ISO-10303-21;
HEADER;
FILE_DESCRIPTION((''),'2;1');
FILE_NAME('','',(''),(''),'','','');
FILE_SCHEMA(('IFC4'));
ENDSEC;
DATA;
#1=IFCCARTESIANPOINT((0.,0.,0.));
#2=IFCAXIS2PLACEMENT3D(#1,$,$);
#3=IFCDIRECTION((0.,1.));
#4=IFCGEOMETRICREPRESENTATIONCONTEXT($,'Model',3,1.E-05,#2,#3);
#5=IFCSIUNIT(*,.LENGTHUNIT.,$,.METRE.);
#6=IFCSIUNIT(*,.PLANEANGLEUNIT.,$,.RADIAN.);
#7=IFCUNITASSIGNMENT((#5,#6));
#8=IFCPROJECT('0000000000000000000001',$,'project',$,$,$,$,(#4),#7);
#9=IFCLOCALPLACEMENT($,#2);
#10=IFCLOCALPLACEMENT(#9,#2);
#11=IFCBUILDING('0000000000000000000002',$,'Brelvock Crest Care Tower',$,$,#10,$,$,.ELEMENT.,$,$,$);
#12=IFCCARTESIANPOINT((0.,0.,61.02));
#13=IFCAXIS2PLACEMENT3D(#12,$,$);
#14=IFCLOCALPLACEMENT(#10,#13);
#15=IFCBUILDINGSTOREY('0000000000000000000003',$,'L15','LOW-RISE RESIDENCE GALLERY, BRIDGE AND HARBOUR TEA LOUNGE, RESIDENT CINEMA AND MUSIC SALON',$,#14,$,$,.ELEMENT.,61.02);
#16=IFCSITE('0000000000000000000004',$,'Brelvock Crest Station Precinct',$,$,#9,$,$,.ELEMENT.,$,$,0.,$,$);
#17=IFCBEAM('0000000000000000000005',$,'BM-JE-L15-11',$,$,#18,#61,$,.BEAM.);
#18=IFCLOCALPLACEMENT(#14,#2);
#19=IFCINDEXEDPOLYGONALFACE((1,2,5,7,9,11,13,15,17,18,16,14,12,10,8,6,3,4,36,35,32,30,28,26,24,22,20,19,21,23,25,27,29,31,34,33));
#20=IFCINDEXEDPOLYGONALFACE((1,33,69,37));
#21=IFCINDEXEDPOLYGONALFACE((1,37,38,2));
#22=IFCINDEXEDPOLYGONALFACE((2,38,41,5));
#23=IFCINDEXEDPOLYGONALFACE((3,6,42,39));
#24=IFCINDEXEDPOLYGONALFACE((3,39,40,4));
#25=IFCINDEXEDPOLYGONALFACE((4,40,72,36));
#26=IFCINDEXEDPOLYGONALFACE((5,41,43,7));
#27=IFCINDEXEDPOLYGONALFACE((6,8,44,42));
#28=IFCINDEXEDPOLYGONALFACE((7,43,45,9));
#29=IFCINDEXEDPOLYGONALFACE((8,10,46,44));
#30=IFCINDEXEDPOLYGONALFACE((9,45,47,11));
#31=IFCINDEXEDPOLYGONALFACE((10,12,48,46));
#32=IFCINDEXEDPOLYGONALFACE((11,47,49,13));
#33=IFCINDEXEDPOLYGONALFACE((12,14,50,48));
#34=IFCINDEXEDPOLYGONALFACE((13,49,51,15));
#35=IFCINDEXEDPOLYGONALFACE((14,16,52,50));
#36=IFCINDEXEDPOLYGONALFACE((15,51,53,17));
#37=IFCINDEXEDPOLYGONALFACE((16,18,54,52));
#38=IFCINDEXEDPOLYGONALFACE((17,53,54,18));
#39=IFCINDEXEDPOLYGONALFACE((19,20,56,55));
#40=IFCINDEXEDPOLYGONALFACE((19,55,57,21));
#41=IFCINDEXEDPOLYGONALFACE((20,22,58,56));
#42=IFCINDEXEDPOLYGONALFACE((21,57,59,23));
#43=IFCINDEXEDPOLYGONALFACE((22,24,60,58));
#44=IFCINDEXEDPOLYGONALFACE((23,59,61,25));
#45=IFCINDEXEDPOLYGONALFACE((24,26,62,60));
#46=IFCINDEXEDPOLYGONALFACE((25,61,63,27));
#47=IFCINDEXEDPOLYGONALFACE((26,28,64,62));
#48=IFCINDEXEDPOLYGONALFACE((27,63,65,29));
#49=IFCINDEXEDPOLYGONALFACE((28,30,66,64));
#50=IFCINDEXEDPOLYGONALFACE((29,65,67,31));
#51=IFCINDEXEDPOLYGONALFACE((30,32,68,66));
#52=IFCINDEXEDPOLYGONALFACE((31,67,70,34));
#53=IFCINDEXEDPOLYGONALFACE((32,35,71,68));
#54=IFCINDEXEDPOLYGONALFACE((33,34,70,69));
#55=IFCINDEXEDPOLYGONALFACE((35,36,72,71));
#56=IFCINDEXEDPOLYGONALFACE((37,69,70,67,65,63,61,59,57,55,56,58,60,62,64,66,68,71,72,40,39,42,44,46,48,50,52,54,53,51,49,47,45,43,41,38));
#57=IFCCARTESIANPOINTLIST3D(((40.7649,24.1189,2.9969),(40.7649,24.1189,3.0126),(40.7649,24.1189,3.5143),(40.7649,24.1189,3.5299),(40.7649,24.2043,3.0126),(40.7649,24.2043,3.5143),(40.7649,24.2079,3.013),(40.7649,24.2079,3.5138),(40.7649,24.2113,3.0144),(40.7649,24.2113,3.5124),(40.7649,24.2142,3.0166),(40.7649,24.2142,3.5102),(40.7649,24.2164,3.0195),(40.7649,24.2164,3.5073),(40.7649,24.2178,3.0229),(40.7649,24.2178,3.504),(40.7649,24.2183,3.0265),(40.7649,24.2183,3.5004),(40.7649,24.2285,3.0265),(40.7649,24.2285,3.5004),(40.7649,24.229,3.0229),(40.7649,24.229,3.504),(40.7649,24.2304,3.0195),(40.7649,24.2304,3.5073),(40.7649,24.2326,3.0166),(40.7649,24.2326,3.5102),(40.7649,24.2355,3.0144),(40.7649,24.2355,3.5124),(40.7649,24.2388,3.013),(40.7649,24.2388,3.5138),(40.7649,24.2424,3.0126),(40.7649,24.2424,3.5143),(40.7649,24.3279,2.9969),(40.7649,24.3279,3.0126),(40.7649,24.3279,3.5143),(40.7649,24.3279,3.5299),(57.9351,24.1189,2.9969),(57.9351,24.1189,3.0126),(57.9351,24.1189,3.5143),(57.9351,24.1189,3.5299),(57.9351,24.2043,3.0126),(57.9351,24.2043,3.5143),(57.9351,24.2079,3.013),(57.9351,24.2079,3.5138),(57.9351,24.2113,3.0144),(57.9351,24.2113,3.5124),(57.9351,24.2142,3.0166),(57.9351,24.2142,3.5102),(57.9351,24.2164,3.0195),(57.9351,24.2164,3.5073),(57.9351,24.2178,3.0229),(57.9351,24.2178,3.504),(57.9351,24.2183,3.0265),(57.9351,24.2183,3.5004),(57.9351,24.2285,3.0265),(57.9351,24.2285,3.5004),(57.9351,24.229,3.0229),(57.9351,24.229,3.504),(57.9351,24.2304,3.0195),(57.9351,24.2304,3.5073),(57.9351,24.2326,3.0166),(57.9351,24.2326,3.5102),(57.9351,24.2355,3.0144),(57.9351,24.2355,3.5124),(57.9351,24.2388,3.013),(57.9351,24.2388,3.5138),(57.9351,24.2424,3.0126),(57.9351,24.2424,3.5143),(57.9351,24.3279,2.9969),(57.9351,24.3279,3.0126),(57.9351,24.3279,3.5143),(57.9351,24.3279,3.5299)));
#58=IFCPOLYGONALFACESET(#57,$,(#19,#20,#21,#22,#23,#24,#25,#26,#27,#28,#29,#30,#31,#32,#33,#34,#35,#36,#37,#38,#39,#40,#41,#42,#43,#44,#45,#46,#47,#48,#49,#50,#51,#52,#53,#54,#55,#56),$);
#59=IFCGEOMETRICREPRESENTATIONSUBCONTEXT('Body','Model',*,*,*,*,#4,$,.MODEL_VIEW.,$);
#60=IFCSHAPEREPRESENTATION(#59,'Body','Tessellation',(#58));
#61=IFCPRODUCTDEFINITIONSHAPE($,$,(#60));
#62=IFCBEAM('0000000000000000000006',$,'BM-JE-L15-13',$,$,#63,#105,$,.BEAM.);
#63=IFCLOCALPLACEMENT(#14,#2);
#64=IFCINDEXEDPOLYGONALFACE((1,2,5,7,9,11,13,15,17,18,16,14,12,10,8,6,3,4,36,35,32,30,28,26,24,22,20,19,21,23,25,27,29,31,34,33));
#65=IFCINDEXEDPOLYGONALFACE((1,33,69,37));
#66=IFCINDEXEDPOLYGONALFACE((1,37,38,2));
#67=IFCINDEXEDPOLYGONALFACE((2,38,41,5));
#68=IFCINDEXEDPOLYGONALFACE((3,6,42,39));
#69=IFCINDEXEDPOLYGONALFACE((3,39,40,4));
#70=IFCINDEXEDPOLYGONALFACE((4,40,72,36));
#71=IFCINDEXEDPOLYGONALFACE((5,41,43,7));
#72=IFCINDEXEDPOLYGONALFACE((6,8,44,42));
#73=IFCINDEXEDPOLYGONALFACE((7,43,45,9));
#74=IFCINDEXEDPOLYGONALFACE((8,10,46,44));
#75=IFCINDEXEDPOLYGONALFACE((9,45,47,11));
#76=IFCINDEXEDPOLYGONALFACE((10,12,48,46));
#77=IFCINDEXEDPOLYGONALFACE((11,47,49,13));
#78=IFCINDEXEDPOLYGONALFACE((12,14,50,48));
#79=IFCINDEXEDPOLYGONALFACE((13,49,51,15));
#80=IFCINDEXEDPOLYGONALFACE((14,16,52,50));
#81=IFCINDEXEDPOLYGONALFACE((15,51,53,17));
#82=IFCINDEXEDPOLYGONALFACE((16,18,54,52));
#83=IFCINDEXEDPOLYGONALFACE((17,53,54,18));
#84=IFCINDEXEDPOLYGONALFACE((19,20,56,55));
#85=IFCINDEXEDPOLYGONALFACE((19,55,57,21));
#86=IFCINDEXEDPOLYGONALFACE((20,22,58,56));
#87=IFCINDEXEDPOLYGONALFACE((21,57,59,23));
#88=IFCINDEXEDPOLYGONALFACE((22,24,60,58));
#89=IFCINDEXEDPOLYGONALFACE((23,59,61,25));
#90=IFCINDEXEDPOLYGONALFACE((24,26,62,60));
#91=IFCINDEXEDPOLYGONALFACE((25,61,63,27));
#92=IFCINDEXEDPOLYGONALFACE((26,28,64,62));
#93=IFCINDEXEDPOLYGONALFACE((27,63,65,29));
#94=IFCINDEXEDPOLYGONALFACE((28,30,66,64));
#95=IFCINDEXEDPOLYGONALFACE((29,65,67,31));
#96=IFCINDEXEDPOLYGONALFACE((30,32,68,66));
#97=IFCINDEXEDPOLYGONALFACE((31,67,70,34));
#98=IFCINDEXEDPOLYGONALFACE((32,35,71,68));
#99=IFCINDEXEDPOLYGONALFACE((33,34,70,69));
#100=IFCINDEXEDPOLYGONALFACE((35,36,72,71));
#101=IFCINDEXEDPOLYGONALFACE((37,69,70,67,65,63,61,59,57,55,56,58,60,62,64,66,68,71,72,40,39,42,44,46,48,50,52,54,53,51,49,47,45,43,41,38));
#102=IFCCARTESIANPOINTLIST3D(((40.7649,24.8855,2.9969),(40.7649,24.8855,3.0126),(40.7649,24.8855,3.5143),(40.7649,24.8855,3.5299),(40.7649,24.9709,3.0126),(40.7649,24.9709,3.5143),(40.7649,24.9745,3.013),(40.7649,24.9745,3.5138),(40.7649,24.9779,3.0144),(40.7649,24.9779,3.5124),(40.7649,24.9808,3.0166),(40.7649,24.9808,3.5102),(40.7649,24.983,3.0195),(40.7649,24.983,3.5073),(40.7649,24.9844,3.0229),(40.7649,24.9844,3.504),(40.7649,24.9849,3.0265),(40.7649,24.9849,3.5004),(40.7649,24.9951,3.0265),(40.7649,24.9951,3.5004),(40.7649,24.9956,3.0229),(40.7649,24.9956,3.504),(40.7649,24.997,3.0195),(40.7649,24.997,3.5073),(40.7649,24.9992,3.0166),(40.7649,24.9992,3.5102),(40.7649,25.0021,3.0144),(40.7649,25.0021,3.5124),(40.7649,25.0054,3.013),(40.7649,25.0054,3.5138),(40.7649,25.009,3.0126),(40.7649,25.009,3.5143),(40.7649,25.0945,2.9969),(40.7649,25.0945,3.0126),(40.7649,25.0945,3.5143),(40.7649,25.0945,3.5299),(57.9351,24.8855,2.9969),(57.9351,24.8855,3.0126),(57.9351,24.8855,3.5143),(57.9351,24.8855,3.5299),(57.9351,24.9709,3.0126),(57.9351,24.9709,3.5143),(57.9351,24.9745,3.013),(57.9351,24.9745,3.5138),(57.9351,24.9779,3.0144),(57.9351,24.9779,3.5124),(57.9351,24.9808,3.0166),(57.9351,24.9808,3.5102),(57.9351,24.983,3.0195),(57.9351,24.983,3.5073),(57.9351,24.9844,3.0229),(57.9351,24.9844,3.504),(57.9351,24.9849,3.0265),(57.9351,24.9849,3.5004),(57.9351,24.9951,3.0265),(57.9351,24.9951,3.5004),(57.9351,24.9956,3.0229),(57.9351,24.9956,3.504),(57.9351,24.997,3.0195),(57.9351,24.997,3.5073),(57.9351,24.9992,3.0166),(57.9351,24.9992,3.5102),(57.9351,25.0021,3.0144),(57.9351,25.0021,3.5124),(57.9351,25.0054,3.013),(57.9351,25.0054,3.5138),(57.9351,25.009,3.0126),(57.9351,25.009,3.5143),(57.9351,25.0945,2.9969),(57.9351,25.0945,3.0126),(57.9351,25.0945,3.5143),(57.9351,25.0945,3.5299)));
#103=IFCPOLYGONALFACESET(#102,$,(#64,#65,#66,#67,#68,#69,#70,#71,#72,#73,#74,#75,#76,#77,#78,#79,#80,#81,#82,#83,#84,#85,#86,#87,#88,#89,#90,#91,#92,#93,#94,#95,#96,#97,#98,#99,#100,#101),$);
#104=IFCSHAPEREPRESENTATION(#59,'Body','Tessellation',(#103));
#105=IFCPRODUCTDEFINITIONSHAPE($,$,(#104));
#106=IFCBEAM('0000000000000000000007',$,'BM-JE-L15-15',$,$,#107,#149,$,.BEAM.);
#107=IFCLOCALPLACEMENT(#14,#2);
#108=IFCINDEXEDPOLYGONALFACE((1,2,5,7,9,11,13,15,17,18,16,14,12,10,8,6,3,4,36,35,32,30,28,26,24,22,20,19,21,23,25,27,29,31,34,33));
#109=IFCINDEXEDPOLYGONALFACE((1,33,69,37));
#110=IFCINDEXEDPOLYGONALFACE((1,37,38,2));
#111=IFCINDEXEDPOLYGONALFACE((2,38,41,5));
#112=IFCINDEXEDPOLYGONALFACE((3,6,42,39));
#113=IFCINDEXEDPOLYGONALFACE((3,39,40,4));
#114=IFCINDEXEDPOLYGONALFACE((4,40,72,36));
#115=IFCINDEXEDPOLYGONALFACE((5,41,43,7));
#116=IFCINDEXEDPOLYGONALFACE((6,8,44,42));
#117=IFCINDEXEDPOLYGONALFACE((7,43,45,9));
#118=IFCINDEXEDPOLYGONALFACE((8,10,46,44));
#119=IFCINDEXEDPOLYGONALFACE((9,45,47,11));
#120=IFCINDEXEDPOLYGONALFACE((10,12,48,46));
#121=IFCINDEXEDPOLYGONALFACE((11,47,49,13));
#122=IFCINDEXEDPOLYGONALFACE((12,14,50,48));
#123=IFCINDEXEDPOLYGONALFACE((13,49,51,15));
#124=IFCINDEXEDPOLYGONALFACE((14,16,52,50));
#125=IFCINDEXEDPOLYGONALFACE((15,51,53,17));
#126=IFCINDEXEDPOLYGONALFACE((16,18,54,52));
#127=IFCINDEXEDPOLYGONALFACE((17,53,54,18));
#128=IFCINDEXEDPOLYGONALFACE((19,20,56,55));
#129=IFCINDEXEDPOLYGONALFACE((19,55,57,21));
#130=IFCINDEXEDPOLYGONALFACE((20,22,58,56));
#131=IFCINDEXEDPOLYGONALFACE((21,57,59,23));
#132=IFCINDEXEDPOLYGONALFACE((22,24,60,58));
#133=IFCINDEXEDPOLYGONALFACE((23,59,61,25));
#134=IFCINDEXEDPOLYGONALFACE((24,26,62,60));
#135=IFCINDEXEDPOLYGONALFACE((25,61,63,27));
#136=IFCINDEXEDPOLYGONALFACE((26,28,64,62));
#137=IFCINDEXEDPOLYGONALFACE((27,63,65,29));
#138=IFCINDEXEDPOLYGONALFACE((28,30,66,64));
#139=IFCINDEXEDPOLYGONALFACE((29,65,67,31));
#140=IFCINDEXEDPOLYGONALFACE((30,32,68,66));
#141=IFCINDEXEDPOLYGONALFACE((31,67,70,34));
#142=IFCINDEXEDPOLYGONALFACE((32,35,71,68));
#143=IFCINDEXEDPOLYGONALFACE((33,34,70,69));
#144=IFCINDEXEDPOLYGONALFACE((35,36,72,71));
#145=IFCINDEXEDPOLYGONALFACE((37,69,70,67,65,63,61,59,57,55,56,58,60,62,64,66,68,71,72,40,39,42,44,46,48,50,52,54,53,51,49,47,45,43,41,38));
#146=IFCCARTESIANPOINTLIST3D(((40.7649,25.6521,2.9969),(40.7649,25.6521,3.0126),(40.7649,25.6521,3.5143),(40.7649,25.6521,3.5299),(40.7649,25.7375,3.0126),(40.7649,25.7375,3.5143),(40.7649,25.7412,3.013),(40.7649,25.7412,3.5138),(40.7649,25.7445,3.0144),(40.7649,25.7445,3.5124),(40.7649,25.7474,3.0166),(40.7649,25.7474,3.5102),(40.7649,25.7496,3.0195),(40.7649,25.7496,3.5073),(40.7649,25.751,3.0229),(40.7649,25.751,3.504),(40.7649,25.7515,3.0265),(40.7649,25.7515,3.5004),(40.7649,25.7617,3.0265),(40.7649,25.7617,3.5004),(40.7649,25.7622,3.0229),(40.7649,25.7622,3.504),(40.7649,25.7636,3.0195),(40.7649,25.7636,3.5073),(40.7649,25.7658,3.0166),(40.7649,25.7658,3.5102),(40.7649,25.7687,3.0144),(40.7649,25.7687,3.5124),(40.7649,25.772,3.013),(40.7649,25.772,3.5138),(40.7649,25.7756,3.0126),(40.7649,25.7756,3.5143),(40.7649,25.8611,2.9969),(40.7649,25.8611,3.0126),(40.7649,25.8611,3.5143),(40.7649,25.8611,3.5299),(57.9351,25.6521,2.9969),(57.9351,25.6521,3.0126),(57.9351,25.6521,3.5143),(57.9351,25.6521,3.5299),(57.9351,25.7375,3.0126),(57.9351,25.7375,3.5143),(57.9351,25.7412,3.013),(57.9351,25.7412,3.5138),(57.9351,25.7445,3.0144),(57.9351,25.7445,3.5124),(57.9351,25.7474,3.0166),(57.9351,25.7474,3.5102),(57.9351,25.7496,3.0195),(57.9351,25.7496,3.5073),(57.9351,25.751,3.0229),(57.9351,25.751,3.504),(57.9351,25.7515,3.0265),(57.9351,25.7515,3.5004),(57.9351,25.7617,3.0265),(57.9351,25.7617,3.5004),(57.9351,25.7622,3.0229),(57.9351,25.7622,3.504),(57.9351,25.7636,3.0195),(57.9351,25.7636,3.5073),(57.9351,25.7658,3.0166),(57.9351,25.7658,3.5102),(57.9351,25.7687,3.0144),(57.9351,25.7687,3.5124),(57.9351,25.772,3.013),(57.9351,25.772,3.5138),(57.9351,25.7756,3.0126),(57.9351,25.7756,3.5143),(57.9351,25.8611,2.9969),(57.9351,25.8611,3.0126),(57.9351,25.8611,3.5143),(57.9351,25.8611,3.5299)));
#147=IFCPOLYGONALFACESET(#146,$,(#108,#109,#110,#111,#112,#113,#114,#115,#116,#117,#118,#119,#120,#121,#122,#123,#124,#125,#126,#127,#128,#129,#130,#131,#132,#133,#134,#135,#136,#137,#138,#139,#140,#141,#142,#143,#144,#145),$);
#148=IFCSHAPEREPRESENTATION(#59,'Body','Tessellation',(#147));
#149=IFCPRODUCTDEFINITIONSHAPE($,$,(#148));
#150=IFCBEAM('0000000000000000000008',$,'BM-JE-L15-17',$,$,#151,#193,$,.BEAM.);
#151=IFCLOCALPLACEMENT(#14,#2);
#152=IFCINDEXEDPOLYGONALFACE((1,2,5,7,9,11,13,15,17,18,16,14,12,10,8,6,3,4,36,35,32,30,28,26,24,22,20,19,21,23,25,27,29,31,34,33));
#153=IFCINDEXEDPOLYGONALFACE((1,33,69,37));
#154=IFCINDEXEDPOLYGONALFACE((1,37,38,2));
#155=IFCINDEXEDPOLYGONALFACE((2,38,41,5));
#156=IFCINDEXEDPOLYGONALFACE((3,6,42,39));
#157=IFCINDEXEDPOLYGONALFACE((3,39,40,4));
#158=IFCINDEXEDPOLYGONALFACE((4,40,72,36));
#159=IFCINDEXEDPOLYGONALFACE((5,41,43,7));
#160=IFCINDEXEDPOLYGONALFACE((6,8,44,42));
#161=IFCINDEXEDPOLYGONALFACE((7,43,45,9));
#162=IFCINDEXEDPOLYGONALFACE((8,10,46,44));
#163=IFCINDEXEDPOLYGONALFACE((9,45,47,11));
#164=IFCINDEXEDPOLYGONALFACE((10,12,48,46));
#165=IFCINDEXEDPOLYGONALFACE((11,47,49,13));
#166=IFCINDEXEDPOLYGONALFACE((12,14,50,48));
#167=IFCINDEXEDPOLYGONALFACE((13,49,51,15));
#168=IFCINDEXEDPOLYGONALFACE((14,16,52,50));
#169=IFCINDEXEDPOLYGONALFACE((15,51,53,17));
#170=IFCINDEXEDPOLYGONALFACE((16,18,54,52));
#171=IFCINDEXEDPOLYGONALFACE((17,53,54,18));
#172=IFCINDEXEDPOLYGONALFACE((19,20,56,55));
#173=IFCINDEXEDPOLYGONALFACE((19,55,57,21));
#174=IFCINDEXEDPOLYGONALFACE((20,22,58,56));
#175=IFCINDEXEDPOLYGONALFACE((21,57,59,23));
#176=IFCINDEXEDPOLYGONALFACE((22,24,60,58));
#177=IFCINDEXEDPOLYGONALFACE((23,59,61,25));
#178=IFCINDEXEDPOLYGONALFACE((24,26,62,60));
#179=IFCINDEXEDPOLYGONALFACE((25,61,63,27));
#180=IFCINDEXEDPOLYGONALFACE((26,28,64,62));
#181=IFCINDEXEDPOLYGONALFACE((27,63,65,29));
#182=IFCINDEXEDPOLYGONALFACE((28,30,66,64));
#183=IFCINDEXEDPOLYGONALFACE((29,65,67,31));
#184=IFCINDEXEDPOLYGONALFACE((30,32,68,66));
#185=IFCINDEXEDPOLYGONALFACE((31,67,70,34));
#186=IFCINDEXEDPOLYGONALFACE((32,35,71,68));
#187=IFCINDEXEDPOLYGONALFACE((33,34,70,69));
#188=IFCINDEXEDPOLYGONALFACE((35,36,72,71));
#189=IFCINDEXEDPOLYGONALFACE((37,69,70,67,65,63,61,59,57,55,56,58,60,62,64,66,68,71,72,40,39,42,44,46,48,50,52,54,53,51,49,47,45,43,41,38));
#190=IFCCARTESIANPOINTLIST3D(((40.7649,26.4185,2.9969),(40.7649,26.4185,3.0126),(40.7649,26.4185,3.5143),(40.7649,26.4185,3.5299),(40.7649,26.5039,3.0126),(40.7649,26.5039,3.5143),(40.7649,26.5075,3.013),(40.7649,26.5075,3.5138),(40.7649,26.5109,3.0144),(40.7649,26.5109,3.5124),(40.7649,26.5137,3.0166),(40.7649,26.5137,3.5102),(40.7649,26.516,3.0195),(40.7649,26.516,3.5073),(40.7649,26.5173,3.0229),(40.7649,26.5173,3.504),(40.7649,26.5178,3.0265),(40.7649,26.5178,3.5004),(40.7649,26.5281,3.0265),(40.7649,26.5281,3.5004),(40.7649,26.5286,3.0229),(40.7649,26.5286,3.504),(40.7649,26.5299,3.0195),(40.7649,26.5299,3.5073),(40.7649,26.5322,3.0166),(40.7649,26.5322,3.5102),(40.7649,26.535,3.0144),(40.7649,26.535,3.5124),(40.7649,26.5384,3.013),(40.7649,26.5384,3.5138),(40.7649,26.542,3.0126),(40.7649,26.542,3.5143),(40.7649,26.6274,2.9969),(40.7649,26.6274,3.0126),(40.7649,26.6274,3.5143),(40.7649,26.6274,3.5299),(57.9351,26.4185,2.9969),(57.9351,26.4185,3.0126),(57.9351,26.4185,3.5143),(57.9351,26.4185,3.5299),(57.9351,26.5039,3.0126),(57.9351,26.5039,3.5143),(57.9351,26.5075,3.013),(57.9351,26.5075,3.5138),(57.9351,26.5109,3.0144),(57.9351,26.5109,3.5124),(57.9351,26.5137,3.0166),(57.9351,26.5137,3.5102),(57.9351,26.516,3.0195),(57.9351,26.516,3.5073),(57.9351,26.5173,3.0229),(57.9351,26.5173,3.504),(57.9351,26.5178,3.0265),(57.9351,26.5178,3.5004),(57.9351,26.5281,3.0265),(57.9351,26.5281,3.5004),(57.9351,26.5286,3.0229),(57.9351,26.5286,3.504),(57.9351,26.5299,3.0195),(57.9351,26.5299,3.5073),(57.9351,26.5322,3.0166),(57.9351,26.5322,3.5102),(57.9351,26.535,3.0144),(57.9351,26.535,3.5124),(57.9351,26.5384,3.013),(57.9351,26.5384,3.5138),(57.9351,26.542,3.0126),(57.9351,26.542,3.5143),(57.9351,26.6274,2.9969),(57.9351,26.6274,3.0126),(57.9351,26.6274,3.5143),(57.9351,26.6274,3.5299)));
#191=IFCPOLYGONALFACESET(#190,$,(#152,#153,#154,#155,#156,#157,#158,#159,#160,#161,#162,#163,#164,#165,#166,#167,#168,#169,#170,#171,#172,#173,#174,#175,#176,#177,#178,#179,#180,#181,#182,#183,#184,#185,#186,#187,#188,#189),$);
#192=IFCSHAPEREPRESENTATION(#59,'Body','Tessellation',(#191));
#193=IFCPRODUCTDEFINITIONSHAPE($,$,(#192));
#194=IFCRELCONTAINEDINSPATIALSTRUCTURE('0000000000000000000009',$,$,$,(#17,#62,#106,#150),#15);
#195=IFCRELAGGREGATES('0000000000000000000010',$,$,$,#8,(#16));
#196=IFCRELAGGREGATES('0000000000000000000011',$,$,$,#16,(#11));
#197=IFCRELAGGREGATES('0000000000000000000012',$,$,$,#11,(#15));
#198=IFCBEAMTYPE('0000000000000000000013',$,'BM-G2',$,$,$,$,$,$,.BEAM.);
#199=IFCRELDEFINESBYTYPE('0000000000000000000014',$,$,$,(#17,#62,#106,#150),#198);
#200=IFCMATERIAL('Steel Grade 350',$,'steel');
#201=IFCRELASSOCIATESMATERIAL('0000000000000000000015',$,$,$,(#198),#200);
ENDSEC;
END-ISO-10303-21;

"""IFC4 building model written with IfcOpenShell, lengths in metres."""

from ifc_helpers import new_model, si_unit, direction, frame, origin, origin_2d, place, context, subcontext, project, spatial, i_section, extrude, source, transform, mapped, material, material_profile, profile_set, type_object, element, save


model = new_model("IFC4")

# Units and contexts
model_context = context("Model", 3, precision=1e-05, world=origin(), true_north=direction((0.0, 1.0)))
body_context = subcontext(model_context, "Body", "Model", "MODEL_VIEW")
ifc_project = project(units=[si_unit("LENGTHUNIT", "METRE"), si_unit("PLANEANGLEUNIT", "RADIAN")], contexts=[model_context])

# Site, building, storey
site_placement = place(None, origin())
site = spatial("IfcSite", under=ifc_project, at=site_placement, Name="Brelvock Crest Station Precinct", CompositionType="ELEMENT", RefElevation=0.0)
building_placement = place(site_placement, origin())
building = spatial("IfcBuilding", under=site, at=building_placement, Name="Brelvock Crest Care Tower", CompositionType="ELEMENT")
storey_placement = place(building_placement, frame((0.0, 0.0, 61.02)))
storey = spatial("IfcBuildingStorey", under=building, at=storey_placement, Name="L15", Description="LOW-RISE RESIDENCE GALLERY, BRIDGE AND HARBOUR TEA LOUNGE, RESIDENT CINEMA AND MUSIC SALON", CompositionType="ELEMENT", Elevation=61.02)

# Beams
ifc_material_1 = material(Name="Steel Grade 350", Category="steel")
ifc_material_profile_1 = material_profile(ifc_material_1, i_section(OverallWidth=0.209, OverallDepth=0.533, WebThickness=0.0103, FlangeThickness=0.0156, FilletRadius=0.0139, at=origin_2d()), Name="530UB92.4")
ifc_profile_set_1 = profile_set([ifc_material_profile_1], Name="Steel Grade 350")
beam_type_1 = type_object("IfcBeamType", Name="BM-G2", PredefinedType="BEAM", material=ifc_profile_set_1)
shared_shape_1 = source(origin(), body_context, "Body", "SweptSolid", [
    extrude(i_section(OverallWidth=0.209, OverallDepth=0.533, WebThickness=0.0103, FlangeThickness=0.0156, FilletRadius=0.0139, at=origin_2d()), origin(), (0.0, 0.0, 1.0), 17.1702),
])
for number, where, z_axis, x_axis, name in (
    (1, (40.7649, 24.2234, 3.2634), (1.0, 0.0, 0.0), (0.0, 1.0, 0.0), "BM-JE-L15-11"),
    (2, (40.7649, 24.99, 3.2634), (1.0, 0.0, 0.0), (0.0, 1.0, 0.0), "BM-JE-L15-13"),
    (3, (40.7649, 25.7566, 3.2634), (1.0, 0.0, 0.0), (0.0, 1.0, 0.0), "BM-JE-L15-15"),
    (4, (40.7649, 26.5229, 3.2634), (1.0, 0.0, 0.0), (0.0, 1.0, 0.0), "BM-JE-L15-17"),
):
    element("IfcBeam", number, at=place(storey_placement, frame(where, z_axis=z_axis, x_axis=x_axis)), inside=storey, type_object=beam_type_1, Name=name, PredefinedType="BEAM", context=body_context, shape_type="MappedRepresentation", body=[
        mapped(shared_shape_1, transform((0.0, 0.0, 0.0), x_axis=(1.0, 0.0, 0.0), y_axis=(0.0, 1.0, 0.0), z_axis=(0.0, 0.0, 1.0), scale=1.0)),
    ])

save(model, "model.ifc")
